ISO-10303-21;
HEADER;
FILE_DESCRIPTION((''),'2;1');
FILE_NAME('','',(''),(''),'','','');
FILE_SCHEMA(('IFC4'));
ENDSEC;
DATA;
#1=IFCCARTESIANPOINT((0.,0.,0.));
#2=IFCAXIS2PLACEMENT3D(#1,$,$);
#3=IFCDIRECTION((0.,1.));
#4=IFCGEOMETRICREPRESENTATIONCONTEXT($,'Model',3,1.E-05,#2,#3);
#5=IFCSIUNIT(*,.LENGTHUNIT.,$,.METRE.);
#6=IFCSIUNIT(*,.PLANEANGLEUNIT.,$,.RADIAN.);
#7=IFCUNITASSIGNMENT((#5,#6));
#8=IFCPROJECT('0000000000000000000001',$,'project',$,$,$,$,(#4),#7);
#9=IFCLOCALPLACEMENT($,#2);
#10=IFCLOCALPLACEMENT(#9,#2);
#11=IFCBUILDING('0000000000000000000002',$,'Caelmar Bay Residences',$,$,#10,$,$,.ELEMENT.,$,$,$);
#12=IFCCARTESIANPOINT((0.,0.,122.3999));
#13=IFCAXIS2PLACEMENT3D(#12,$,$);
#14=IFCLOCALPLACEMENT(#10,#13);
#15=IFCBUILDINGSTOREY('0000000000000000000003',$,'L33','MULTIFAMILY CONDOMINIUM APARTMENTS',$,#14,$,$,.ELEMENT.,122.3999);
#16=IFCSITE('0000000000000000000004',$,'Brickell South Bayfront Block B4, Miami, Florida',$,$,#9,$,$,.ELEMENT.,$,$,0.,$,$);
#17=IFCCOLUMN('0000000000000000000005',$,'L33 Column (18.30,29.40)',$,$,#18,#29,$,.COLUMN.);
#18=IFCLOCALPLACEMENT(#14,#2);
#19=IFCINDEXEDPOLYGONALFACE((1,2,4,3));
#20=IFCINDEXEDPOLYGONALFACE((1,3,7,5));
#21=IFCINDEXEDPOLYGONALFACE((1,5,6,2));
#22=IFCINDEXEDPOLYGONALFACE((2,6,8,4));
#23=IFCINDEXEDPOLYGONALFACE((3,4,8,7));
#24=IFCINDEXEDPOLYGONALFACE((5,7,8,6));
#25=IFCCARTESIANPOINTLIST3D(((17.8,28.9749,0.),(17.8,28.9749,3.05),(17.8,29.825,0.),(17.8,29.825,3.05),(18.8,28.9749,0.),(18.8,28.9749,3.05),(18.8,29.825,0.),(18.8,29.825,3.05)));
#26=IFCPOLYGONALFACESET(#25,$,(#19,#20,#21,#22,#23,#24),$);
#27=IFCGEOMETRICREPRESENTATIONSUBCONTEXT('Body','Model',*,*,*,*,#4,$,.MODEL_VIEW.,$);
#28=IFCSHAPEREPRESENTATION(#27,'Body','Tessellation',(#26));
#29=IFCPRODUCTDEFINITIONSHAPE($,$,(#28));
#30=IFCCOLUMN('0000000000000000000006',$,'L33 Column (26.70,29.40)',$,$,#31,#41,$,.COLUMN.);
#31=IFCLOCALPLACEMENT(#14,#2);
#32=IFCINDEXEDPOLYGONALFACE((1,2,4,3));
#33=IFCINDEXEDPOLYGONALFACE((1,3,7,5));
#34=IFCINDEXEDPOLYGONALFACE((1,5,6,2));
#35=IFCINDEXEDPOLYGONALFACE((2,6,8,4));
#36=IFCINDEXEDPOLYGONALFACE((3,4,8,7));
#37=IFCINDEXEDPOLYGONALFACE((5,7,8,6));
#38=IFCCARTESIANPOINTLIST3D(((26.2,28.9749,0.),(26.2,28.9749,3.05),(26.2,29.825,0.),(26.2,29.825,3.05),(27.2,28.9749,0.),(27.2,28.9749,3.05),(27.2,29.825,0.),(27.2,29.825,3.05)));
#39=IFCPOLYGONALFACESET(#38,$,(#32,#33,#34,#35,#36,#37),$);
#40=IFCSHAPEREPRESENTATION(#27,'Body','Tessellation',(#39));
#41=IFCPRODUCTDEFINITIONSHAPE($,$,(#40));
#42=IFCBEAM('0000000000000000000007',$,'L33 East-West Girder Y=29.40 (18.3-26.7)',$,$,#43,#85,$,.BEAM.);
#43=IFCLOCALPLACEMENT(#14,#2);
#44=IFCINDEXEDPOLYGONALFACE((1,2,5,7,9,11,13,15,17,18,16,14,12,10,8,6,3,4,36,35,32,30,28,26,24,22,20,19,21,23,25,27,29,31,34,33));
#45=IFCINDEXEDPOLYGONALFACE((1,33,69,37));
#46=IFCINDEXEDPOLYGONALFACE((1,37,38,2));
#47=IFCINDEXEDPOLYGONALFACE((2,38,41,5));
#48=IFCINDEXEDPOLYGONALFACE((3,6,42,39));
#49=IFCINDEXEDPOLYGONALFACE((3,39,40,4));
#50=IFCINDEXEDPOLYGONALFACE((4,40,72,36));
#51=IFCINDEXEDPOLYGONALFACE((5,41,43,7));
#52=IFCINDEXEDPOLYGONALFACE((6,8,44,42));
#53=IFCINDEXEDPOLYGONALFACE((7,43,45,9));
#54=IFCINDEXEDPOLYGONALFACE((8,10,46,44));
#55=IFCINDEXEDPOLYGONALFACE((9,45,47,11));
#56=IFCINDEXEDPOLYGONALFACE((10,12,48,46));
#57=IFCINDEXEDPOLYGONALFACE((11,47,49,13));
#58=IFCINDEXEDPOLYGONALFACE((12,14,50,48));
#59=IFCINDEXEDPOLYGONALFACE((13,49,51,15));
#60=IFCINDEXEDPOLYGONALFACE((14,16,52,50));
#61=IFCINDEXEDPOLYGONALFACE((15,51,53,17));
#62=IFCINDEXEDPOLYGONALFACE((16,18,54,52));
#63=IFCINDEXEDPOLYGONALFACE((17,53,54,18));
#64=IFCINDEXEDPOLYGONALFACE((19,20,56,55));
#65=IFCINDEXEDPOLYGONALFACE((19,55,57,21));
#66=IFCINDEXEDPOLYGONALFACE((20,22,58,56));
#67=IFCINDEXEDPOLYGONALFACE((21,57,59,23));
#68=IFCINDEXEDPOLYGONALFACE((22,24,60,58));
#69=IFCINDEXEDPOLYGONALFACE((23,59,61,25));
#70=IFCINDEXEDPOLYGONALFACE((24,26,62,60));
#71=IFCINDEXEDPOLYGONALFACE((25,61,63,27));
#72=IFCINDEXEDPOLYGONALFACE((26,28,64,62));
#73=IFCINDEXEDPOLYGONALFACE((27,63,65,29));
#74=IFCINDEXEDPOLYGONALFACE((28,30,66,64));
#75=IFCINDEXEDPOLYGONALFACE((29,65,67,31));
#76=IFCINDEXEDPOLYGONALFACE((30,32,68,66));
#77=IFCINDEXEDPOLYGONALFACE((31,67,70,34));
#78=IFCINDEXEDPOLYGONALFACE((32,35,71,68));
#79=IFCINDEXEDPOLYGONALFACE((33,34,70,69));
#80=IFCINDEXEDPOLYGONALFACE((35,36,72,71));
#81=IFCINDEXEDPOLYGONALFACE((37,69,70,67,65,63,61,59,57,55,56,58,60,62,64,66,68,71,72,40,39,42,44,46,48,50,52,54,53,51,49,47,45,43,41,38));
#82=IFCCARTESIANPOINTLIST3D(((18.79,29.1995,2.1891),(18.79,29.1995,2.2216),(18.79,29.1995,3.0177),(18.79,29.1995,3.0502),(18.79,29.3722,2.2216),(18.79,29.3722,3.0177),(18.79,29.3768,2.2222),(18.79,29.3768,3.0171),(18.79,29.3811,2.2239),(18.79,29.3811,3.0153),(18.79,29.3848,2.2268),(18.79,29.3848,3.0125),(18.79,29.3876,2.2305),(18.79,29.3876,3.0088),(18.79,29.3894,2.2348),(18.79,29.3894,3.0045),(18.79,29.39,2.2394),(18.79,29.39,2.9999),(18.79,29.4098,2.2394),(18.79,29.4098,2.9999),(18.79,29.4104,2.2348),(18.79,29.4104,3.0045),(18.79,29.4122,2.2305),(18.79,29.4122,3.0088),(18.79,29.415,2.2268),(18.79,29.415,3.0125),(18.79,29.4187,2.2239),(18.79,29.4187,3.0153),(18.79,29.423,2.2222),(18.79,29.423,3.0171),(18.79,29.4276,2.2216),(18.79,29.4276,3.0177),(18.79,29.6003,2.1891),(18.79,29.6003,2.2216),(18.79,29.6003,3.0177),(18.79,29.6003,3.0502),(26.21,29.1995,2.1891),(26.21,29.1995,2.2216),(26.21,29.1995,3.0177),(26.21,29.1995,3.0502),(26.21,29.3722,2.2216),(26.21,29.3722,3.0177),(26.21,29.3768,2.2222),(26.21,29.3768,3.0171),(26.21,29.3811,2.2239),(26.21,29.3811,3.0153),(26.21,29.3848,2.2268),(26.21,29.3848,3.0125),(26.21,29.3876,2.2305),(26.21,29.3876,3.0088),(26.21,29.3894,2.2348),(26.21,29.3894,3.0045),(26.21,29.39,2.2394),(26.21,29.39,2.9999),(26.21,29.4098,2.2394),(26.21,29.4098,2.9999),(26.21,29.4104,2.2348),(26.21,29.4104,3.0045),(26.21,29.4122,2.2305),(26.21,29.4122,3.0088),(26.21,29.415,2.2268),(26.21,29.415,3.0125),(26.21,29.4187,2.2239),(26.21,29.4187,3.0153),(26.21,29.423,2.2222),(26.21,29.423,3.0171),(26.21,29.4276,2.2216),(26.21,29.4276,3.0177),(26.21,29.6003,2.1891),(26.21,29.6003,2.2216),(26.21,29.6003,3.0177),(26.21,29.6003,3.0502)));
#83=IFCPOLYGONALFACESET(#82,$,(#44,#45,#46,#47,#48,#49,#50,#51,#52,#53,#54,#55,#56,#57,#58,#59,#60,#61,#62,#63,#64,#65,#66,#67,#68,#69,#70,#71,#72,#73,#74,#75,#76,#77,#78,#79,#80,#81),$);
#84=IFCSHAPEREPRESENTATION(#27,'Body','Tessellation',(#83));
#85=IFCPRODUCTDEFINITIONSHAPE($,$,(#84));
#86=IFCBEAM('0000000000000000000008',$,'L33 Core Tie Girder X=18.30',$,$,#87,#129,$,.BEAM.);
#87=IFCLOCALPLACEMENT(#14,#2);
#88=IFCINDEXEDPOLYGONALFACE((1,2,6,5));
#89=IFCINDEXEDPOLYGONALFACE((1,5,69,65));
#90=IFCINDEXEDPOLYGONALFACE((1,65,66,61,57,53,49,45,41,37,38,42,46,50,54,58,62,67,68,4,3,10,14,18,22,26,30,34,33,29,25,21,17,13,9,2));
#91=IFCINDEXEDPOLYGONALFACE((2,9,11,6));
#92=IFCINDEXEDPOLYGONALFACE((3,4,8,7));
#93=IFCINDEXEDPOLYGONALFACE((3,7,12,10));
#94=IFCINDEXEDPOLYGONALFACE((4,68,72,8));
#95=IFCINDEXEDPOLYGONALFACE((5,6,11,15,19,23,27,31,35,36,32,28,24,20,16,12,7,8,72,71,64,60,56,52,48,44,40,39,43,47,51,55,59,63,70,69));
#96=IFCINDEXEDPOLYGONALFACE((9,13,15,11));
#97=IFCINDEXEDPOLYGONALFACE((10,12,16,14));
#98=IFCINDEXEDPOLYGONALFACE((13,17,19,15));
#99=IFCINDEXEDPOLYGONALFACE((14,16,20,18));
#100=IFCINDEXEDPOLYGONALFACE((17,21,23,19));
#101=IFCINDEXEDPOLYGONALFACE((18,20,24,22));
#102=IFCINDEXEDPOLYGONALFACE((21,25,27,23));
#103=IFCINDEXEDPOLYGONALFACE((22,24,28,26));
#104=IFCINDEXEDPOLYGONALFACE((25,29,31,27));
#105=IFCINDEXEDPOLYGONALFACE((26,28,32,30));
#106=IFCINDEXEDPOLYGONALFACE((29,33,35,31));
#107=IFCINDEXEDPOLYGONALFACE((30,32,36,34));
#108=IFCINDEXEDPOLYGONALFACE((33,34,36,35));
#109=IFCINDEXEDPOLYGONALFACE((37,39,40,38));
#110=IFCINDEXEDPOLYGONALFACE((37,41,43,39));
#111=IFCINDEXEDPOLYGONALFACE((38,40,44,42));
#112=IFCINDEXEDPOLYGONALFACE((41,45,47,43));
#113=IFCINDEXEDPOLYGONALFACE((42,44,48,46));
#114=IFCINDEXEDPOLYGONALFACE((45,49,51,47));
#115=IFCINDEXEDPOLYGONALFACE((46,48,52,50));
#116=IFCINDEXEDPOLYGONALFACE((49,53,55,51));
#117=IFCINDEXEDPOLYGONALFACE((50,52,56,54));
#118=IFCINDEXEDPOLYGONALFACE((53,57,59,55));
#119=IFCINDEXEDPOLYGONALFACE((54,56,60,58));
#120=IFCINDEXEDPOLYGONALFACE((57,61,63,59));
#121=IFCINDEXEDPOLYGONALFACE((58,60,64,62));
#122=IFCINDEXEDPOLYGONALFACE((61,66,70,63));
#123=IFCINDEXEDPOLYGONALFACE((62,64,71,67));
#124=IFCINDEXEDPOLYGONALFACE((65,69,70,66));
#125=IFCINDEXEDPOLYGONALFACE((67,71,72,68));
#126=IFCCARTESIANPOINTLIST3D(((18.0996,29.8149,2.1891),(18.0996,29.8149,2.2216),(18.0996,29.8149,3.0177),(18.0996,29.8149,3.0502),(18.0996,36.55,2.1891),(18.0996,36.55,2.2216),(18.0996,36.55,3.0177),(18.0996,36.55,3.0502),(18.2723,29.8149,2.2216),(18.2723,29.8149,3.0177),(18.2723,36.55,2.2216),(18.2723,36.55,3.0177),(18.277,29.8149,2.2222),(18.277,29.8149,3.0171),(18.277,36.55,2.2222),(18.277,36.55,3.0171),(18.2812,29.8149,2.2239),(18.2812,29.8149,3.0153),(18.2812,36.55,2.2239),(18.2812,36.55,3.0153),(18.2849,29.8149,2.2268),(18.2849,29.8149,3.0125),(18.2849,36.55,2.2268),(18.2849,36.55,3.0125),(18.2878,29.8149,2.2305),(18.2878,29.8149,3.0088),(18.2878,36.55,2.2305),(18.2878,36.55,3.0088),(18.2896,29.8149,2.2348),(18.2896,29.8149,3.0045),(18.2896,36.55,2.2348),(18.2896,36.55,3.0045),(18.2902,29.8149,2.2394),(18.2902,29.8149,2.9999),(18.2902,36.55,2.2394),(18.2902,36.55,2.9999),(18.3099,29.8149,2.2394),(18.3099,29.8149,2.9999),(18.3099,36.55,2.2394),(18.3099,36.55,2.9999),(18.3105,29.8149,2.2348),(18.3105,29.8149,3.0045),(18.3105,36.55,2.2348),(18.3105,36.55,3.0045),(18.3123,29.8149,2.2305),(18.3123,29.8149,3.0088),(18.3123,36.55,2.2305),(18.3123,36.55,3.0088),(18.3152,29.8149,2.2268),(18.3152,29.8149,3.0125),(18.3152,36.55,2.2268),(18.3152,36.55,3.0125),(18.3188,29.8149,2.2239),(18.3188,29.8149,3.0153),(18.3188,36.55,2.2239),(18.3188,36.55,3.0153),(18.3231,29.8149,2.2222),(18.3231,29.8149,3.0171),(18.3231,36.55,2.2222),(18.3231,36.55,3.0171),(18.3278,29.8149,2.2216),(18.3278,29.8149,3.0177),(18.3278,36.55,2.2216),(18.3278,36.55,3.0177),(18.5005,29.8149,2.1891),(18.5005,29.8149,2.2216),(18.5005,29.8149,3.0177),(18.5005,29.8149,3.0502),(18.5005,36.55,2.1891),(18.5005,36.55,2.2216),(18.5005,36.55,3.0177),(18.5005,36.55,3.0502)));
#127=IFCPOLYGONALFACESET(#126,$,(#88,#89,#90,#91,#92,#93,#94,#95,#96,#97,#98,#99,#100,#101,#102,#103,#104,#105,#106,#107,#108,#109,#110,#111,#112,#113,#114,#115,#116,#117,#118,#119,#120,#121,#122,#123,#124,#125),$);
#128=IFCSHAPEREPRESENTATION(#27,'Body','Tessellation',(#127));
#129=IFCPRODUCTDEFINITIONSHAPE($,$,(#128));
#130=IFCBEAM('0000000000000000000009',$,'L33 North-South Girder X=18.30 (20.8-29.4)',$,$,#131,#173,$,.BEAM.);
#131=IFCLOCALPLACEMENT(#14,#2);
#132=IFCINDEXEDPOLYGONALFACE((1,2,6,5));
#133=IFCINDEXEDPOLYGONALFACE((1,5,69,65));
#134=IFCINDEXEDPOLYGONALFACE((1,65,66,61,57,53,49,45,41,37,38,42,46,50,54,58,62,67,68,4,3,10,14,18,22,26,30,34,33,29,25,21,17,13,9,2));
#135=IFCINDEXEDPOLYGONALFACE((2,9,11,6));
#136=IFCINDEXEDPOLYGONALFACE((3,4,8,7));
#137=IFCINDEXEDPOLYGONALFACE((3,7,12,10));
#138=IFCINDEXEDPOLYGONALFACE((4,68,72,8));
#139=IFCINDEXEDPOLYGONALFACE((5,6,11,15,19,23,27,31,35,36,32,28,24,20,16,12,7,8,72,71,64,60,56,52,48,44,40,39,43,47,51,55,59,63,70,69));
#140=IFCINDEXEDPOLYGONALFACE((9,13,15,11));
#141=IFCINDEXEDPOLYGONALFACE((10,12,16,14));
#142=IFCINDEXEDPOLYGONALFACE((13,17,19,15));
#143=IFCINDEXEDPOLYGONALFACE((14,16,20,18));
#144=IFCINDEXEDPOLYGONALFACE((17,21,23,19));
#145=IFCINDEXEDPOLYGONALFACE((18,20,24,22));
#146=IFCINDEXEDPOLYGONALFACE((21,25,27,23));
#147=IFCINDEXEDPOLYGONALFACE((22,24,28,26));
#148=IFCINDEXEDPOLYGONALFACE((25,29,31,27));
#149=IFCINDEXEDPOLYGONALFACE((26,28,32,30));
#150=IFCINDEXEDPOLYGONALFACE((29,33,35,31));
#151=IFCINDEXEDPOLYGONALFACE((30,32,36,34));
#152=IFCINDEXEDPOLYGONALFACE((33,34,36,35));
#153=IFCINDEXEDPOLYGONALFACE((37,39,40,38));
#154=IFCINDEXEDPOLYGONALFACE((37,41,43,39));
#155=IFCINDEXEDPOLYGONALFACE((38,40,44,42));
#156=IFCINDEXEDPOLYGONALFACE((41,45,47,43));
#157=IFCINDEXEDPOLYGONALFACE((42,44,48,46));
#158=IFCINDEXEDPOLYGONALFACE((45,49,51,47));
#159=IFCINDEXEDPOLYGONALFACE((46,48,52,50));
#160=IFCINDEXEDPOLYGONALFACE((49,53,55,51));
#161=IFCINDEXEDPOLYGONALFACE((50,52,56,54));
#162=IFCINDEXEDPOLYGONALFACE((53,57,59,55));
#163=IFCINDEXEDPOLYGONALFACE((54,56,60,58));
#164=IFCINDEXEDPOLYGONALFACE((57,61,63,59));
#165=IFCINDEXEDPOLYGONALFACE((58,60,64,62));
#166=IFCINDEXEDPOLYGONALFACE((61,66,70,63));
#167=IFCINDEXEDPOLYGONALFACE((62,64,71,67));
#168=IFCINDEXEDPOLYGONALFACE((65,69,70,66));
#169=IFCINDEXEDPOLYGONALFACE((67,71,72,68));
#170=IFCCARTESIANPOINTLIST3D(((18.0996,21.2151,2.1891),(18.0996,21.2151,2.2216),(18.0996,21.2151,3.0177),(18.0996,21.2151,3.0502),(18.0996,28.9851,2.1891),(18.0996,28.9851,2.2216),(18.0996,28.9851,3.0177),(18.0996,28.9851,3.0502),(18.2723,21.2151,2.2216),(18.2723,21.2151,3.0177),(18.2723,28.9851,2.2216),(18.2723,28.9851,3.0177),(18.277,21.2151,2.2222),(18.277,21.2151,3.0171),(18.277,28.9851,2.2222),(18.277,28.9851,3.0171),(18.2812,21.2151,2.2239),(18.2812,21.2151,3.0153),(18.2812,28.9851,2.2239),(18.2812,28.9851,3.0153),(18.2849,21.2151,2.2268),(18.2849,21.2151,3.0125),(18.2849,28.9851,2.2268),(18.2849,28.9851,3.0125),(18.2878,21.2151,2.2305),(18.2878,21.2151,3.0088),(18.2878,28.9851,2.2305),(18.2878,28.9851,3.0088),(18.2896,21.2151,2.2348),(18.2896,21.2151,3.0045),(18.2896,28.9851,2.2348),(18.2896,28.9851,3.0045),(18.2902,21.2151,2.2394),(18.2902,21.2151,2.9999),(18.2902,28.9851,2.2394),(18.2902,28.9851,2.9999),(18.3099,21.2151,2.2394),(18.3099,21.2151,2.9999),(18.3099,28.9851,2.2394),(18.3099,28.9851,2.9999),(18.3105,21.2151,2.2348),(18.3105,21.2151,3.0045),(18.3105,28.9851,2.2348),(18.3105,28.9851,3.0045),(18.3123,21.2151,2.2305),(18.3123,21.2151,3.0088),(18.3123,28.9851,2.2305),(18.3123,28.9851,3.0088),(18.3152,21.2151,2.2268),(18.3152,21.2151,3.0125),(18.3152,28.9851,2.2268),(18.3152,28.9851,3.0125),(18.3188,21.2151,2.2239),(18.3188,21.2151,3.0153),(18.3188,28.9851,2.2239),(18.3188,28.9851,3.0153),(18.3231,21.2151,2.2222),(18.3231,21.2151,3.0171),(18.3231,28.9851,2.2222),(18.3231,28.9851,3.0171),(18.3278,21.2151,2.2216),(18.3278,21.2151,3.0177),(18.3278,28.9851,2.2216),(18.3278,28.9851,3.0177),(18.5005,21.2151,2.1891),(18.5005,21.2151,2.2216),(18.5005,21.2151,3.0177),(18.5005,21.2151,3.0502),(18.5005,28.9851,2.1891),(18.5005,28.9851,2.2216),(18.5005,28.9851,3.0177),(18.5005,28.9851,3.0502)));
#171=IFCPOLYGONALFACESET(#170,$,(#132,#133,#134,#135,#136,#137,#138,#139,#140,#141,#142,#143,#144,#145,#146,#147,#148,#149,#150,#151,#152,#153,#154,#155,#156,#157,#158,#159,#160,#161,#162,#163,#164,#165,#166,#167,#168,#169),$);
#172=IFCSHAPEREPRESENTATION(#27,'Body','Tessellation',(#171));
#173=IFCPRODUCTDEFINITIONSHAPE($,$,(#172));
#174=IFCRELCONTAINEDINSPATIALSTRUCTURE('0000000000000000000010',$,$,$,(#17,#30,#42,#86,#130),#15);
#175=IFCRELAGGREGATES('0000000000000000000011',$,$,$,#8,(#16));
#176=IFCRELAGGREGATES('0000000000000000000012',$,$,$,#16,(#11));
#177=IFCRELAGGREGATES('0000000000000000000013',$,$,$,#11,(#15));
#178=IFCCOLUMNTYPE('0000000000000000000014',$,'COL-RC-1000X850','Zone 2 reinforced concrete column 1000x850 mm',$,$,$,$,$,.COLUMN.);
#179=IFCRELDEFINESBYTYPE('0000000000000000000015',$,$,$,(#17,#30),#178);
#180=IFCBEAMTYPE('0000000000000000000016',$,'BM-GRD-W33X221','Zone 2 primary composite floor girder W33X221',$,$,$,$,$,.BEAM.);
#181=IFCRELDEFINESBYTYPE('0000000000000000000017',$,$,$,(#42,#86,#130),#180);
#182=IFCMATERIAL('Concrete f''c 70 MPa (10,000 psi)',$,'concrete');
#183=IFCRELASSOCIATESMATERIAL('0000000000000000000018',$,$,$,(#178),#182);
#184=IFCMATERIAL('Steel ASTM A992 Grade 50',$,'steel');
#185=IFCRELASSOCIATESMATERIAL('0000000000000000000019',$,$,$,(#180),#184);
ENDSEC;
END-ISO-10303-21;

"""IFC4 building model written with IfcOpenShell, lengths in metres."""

from ifc_helpers import new_model, si_unit, direction, frame, origin, origin_2d, place, context, subcontext, project, spatial, rectangle, i_section, extrude, material, material_profile, profile_set, type_object, element, save


model = new_model("IFC4")

# Units and contexts
model_context = context("Model", 3, precision=1e-05, world=origin(), true_north=direction((0.0, 1.0)))
body_context = subcontext(model_context, "Body", "Model", "MODEL_VIEW")
ifc_project = project(units=[si_unit("LENGTHUNIT", "METRE"), si_unit("PLANEANGLEUNIT", "RADIAN")], contexts=[model_context])

# Site, building, storey
site_placement = place(None, origin())
site = spatial("IfcSite", under=ifc_project, at=site_placement, Name="Brickell South Bayfront Block B4, Miami, Florida", CompositionType="ELEMENT", RefElevation=0.0)
building_placement = place(site_placement, origin())
building = spatial("IfcBuilding", under=site, at=building_placement, Name="Caelmar Bay Residences", CompositionType="ELEMENT")
storey_placement = place(building_placement, frame((0.0, 0.0, 122.3999)))
storey = spatial("IfcBuildingStorey", under=building, at=storey_placement, Name="L33", Description="MULTIFAMILY CONDOMINIUM APARTMENTS", CompositionType="ELEMENT", Elevation=122.3999)

# Columns
ifc_material_1 = material(Name="Concrete f'c 70 MPa (10,000 psi)", Category="concrete")
ifc_material_profile_1 = material_profile(ifc_material_1, rectangle(XDim=1.0, YDim=0.8501, at=origin_2d()), Name="RC-COL-1000X850")
ifc_profile_set_1 = profile_set([ifc_material_profile_1], Name="Concrete f'c 70 MPa (10,000 psi)")
column_type = type_object("IfcColumnType", Name="COL-RC-1000X850", Description="Zone 2 reinforced concrete column 1000x850 mm", PredefinedType="COLUMN", material=ifc_profile_set_1)
for number, where, z_axis, x_axis, name in (
    (1, (18.3, 29.3999, 0.0), (0.0, 0.0, 1.0), (1.0, 0.0, 0.0), "L33 Column (18.30,29.40)"),
    (2, (26.7, 29.3999, 0.0), (0.0, 0.0, 1.0), (1.0, 0.0, 0.0), "L33 Column (26.70,29.40)"),
):
    element("IfcColumn", number, at=place(storey_placement, frame(where, z_axis=z_axis, x_axis=x_axis)), inside=storey, type_object=column_type, Name=name, PredefinedType="COLUMN", context=body_context, shape_type="SweptSolid", body=[
        extrude(rectangle(XDim=1.0, YDim=0.8501, at=origin_2d()), origin(), (0.0, 0.0, 1.0), 3.05),
    ])

# Beams
ifc_material_2 = material(Name="Steel ASTM A992 Grade 50", Category="steel")
ifc_material_profile_2 = material_profile(ifc_material_2, i_section(OverallWidth=0.4009, OverallDepth=0.8611, WebThickness=0.0198, FlangeThickness=0.0325, FilletRadius=0.0178, at=origin_2d()), Name="W33X221")
ifc_profile_set_2 = profile_set([ifc_material_profile_2], Name="Steel ASTM A992 Grade 50")
beam_type_1 = type_object("IfcBeamType", Name="BM-GRD-W33X221", Description="Zone 2 primary composite floor girder W33X221", PredefinedType="BEAM", material=ifc_profile_set_2)
beam_1_placement = place(storey_placement, frame((18.79, 29.3999, 2.6196), z_axis=(1.0, 0.0, 0.0), x_axis=(0.0, 1.0, 0.0)))
element("IfcBeam", 3, at=beam_1_placement, inside=storey, type_object=beam_type_1, Name="L33 East-West Girder Y=29.40 (18.3-26.7)", PredefinedType="BEAM", context=body_context, shape_type="SweptSolid", body=[
    extrude(i_section(OverallWidth=0.4009, OverallDepth=0.8611, WebThickness=0.0198, FlangeThickness=0.0325, FilletRadius=0.0178, at=origin_2d()), origin(), (0.0, 0.0, 1.0), 7.4199),
])
beam_2_placement = place(storey_placement, frame((18.3, 29.8149, 2.6196), z_axis=(0.0, 1.0, 0.0), x_axis=(-1.0, 0.0, 0.0)))
element("IfcBeam", 4, at=beam_2_placement, inside=storey, type_object=beam_type_1, Name="L33 Core Tie Girder X=18.30", PredefinedType="BEAM", context=body_context, shape_type="SweptSolid", body=[
    extrude(i_section(OverallWidth=0.4009, OverallDepth=0.8611, WebThickness=0.0198, FlangeThickness=0.0325, FilletRadius=0.0178, at=origin_2d()), origin(), (0.0, 0.0, 1.0), 6.7351),
])
beam_3_placement = place(storey_placement, frame((18.3, 21.2151, 2.6196), z_axis=(0.0, 1.0, 0.0), x_axis=(-1.0, 0.0, 0.0)))
element("IfcBeam", 5, at=beam_3_placement, inside=storey, type_object=beam_type_1, Name="L33 North-South Girder X=18.30 (20.8-29.4)", PredefinedType="BEAM", context=body_context, shape_type="SweptSolid", body=[
    extrude(i_section(OverallWidth=0.4009, OverallDepth=0.8611, WebThickness=0.0198, FlangeThickness=0.0325, FilletRadius=0.0178, at=origin_2d()), origin(), (0.0, 0.0, 1.0), 7.77),
])

save(model, "model.ifc")
